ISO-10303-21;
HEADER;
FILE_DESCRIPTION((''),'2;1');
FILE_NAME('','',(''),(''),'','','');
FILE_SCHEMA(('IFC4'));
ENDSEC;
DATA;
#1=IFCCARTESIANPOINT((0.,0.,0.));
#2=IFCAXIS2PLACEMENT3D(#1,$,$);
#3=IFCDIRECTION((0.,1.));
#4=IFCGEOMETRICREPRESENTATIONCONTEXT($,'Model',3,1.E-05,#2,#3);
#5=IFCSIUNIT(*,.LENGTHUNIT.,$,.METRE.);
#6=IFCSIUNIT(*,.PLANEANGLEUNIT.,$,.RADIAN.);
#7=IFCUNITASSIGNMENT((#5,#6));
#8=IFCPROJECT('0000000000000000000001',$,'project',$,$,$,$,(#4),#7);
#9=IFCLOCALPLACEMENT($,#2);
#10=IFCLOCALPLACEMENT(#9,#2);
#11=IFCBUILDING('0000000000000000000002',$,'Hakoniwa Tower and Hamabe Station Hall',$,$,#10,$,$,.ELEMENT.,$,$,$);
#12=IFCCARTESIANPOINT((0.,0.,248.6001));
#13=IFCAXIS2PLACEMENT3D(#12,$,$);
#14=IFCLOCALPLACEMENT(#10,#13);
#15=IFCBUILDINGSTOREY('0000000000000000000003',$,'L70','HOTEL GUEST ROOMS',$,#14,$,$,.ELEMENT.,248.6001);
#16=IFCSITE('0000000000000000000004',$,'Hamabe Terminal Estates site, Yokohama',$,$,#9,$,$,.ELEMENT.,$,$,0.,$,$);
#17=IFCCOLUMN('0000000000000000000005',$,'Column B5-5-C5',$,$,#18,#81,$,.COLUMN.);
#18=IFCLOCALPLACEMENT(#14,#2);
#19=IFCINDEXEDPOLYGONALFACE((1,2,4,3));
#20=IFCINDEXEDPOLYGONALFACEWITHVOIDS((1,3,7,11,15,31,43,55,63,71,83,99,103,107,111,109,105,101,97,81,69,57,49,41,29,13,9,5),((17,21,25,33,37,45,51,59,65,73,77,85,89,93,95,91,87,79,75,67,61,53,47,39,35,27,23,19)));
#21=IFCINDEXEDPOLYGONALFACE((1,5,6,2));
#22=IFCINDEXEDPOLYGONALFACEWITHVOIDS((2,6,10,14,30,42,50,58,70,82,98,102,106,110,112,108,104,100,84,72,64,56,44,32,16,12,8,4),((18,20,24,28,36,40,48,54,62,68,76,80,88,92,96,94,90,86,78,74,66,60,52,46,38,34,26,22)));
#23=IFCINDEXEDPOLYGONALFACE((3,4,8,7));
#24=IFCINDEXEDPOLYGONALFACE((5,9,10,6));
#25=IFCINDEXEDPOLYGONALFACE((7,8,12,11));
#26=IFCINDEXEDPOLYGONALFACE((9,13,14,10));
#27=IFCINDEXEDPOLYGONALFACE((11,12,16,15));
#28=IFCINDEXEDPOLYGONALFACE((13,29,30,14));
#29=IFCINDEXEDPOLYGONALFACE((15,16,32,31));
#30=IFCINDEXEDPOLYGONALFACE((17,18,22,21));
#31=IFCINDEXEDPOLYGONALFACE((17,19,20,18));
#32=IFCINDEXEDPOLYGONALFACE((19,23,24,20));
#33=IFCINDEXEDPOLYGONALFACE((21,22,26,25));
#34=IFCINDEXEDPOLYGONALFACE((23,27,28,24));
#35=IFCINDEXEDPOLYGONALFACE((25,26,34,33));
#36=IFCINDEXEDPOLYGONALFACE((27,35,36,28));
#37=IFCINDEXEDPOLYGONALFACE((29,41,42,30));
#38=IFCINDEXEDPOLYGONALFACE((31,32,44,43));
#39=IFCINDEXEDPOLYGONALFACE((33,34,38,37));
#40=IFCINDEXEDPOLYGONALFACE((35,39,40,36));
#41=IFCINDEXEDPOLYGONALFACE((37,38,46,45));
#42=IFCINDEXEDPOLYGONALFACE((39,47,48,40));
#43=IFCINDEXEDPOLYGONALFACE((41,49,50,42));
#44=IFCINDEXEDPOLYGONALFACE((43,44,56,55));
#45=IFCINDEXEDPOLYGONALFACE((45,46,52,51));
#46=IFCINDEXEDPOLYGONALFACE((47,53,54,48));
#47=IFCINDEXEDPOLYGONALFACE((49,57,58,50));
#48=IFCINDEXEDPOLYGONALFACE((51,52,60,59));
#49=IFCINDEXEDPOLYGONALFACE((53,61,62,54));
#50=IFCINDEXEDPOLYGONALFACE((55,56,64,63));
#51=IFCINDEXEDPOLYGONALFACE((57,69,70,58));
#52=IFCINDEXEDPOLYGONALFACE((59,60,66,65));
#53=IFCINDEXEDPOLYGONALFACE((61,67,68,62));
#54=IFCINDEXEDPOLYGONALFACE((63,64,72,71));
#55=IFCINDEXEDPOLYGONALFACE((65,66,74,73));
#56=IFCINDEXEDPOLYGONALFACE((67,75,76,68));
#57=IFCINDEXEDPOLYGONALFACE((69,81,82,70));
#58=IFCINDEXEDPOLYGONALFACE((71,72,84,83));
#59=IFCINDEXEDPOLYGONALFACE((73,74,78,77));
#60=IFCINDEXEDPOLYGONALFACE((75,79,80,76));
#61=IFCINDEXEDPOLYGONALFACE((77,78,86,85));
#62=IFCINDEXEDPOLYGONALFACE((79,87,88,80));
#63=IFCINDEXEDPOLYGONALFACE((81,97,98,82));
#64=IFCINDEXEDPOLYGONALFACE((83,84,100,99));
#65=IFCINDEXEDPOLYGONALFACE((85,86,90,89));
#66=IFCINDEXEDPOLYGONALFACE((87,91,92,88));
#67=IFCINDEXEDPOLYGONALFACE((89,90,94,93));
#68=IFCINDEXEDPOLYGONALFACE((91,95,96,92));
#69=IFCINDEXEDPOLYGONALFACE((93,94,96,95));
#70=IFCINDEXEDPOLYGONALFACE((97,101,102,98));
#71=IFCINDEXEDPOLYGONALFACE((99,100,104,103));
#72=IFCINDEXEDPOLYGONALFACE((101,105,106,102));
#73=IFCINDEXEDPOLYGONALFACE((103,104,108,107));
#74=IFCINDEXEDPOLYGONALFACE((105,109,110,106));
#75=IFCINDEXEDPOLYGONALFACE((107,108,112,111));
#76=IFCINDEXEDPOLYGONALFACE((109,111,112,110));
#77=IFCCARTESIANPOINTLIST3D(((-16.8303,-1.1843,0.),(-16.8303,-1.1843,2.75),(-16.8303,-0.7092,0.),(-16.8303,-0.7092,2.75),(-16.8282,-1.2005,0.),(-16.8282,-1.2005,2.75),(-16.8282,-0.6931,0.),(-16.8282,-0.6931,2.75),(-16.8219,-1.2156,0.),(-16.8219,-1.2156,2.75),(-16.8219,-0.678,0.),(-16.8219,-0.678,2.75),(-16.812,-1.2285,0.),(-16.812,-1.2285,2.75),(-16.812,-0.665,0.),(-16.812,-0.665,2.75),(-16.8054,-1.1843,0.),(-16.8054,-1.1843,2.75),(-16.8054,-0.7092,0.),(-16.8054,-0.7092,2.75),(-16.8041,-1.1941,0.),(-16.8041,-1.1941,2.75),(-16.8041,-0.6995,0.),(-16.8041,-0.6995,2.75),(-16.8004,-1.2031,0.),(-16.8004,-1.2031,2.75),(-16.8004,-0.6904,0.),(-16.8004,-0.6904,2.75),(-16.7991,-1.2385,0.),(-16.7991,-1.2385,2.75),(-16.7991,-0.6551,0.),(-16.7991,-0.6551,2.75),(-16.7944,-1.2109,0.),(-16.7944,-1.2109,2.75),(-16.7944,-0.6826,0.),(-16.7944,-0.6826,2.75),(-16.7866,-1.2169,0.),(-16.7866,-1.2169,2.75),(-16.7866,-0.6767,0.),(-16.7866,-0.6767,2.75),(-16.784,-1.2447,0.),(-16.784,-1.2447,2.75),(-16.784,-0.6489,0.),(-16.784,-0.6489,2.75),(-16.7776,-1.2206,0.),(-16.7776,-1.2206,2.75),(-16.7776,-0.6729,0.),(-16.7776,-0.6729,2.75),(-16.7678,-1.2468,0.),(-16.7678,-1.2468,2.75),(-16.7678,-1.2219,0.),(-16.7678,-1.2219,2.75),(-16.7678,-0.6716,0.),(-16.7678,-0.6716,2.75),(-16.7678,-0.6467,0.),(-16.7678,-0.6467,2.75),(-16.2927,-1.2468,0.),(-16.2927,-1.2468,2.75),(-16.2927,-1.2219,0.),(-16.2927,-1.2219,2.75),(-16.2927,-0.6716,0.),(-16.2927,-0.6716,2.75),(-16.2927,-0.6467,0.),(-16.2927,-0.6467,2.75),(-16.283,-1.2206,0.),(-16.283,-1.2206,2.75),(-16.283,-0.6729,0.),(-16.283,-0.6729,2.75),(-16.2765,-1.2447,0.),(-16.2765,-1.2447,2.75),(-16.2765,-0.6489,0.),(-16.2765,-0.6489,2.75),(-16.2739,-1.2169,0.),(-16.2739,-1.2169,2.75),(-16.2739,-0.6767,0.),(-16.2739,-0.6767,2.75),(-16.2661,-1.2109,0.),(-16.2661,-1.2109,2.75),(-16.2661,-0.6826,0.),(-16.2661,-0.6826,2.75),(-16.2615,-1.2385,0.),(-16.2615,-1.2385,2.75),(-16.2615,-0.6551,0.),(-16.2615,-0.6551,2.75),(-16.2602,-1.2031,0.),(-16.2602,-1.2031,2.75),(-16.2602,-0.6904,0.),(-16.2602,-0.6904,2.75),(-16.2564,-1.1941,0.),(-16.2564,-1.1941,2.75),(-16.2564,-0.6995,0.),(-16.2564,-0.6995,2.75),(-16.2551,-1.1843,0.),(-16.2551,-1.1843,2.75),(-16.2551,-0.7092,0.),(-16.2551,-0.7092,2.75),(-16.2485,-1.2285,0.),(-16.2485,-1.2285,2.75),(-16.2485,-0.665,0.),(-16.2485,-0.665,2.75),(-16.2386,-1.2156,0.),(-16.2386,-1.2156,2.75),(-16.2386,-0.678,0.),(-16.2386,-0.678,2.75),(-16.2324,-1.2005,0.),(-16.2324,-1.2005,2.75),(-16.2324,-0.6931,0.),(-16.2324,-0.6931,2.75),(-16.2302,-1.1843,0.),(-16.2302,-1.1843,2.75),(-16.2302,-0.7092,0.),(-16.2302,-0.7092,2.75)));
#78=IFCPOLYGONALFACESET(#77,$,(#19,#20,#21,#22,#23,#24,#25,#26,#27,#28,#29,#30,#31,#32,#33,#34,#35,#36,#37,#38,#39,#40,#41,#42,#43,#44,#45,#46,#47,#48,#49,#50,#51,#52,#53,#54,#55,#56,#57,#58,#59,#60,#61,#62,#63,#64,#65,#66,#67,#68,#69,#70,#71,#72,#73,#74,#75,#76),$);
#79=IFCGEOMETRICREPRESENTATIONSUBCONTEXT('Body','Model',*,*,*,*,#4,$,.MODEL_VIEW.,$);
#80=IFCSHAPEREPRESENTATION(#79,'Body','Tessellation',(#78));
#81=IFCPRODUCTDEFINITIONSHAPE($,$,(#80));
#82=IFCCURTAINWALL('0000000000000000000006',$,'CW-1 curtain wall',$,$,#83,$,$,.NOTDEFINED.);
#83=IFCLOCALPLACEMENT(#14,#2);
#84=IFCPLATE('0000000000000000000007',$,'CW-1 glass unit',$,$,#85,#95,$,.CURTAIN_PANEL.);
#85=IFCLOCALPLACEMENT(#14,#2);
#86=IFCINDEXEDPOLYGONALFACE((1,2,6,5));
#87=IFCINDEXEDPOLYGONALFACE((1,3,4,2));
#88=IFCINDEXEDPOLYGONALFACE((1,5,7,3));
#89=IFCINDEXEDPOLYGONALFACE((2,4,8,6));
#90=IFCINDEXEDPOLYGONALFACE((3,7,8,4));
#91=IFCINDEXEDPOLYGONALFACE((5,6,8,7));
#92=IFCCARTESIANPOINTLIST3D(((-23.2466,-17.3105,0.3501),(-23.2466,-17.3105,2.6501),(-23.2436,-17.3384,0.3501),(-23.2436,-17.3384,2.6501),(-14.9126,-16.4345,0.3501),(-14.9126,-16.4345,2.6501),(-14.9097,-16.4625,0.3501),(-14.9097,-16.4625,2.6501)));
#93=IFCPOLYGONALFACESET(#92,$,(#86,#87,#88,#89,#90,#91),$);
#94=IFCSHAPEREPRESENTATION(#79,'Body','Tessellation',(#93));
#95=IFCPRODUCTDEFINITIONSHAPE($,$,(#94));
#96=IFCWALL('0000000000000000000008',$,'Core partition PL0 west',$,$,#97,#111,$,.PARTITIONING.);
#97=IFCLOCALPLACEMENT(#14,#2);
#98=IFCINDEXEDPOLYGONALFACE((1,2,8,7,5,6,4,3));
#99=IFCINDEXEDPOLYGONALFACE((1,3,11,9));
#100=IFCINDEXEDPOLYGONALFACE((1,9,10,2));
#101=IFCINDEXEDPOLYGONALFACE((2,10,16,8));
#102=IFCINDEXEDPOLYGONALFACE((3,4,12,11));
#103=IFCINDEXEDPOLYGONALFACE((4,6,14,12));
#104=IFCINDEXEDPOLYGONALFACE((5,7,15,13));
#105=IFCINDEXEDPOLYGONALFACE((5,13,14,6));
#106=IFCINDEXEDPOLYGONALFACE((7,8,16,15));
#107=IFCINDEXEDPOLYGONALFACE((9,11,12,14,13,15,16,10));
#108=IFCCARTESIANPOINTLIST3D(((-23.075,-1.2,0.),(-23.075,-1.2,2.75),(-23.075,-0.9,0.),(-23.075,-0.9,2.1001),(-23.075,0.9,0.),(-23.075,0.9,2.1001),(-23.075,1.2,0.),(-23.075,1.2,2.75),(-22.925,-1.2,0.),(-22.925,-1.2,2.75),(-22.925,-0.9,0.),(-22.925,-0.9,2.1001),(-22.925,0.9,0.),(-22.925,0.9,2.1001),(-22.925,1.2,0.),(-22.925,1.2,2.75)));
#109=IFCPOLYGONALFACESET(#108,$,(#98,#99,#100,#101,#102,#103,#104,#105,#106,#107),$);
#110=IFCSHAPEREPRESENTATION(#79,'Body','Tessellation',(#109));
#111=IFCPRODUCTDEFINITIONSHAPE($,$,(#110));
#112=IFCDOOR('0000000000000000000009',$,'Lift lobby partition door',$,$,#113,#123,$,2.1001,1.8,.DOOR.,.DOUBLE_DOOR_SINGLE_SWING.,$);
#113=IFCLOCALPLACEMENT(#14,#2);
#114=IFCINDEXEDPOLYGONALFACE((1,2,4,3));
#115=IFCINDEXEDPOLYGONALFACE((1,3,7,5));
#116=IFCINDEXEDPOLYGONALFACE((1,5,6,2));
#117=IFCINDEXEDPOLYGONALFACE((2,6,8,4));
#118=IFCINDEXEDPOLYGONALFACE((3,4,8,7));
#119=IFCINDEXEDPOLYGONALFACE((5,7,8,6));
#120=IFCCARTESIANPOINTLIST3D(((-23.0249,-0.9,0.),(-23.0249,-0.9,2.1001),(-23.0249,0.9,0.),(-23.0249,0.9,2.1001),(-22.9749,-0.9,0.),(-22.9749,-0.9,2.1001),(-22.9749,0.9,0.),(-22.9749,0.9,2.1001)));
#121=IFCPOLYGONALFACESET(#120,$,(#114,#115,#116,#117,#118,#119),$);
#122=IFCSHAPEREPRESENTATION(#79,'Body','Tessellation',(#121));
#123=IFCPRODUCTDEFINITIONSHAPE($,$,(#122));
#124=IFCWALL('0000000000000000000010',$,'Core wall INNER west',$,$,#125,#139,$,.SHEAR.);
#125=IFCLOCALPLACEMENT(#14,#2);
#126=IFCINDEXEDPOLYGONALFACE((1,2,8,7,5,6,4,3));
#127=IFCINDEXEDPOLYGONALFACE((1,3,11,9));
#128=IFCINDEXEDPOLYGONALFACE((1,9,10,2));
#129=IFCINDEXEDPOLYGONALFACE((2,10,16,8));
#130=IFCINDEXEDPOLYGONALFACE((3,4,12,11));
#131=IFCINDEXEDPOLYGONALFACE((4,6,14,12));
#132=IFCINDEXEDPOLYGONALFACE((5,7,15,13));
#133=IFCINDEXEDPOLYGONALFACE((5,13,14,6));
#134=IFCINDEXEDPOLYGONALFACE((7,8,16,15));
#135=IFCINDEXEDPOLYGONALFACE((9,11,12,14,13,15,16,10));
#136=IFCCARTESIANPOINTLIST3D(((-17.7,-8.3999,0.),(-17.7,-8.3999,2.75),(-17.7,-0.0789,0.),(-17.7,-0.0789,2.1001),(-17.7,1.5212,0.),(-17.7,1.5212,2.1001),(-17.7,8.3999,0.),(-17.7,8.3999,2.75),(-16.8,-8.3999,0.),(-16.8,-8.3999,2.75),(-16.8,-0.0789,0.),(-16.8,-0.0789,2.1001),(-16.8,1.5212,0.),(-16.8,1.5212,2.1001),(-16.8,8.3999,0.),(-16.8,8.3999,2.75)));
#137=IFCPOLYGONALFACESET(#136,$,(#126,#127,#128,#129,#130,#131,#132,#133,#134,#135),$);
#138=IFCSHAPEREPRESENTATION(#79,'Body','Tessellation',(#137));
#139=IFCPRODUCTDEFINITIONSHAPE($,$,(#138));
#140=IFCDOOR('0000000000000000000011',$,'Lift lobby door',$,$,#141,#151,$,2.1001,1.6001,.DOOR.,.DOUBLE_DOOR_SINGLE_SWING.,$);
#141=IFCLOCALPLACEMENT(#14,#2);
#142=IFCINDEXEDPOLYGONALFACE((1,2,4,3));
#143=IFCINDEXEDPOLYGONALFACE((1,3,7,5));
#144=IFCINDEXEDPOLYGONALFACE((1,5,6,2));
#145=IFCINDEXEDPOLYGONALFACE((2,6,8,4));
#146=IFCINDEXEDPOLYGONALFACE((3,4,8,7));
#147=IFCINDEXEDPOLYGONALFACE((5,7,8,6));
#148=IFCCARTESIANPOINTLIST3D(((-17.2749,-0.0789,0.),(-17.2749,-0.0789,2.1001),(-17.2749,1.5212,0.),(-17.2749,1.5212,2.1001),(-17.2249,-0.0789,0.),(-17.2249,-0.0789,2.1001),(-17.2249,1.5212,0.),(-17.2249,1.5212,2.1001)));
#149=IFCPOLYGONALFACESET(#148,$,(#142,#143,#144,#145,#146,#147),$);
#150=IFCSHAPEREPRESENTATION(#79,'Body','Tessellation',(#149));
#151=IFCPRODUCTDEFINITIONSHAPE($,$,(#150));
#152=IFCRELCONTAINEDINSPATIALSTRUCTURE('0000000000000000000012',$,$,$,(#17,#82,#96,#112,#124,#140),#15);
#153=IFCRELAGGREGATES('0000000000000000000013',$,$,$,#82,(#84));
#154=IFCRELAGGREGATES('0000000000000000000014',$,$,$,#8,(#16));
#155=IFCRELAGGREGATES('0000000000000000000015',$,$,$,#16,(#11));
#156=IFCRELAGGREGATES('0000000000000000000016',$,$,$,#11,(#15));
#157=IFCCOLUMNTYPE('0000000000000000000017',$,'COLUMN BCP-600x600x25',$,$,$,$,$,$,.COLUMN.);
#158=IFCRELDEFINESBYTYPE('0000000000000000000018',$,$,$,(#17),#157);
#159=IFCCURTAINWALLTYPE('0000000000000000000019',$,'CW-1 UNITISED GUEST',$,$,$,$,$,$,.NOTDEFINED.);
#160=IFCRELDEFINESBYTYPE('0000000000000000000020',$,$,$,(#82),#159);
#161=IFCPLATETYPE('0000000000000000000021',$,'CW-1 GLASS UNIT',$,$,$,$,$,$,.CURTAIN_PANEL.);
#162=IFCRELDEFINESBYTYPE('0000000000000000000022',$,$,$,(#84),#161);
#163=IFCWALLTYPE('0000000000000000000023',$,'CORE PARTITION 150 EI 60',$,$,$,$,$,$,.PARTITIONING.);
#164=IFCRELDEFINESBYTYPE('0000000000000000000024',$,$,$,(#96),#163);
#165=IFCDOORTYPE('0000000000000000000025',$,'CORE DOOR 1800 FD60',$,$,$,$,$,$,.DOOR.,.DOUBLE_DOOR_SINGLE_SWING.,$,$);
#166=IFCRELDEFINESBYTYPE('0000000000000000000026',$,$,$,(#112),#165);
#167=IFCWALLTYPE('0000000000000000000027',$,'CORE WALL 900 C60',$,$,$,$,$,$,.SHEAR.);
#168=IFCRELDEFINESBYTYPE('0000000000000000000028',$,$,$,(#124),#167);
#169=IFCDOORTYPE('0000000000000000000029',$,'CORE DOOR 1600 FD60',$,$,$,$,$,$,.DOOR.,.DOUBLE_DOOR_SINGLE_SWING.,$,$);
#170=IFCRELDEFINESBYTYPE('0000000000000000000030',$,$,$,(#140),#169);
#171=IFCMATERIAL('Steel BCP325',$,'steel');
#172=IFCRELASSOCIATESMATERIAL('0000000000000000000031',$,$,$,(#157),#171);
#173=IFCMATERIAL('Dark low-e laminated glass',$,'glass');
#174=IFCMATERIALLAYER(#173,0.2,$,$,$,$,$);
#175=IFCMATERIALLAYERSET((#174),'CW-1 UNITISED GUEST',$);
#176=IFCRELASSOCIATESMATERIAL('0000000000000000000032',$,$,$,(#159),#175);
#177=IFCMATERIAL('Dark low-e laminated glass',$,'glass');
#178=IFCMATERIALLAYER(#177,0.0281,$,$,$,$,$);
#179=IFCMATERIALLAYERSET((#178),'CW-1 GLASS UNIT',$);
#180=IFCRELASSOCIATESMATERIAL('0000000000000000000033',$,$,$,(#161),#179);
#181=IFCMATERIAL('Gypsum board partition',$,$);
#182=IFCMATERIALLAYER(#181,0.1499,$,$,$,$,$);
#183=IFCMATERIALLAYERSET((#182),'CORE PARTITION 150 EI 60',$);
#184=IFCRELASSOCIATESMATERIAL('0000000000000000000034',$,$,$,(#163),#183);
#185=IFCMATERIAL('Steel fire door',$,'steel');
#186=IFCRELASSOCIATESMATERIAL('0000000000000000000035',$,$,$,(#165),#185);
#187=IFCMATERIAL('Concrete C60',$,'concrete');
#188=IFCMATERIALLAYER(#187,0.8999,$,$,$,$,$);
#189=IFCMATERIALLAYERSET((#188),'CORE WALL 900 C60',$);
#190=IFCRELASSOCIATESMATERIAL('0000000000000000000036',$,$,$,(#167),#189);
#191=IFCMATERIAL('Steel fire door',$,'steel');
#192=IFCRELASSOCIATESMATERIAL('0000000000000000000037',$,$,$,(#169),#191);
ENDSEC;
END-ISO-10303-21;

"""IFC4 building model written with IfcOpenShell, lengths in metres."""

from ifc_helpers import new_model, si_unit, direction, frame, frame_2d, origin, origin_2d, place, context, subcontext, project, spatial, rectangle, hollow_rectangle, extrude, material, layer, layer_set, material_profile, profile_set, type_object, element, fill, aggregate, save


model = new_model("IFC4")

# Units and contexts
model_context = context("Model", 3, precision=1e-05, world=origin(), true_north=direction((0.0, 1.0)))
body_context = subcontext(model_context, "Body", "Model", "MODEL_VIEW")
ifc_project = project(units=[si_unit("LENGTHUNIT", "METRE"), si_unit("PLANEANGLEUNIT", "RADIAN")], contexts=[model_context])

# Site, building, storey
site_placement = place(None, origin())
site = spatial("IfcSite", under=ifc_project, at=site_placement, Name="Hamabe Terminal Estates site, Yokohama", CompositionType="ELEMENT", RefElevation=0.0)
building_placement = place(site_placement, origin())
building = spatial("IfcBuilding", under=site, at=building_placement, Name="Hakoniwa Tower and Hamabe Station Hall", CompositionType="ELEMENT")
storey_placement = place(building_placement, frame((0.0, 0.0, 248.6001)))
storey = spatial("IfcBuildingStorey", under=building, at=storey_placement, Name="L70", Description="HOTEL GUEST ROOMS", CompositionType="ELEMENT", Elevation=248.6001)

# Column
ifc_material_1 = material(Name="Steel BCP325", Category="steel")
ifc_material_profile_1 = material_profile(ifc_material_1, hollow_rectangle(XDim=0.6001, YDim=0.6001, WallThickness=0.0249, InnerFilletRadius=0.0376, OuterFilletRadius=0.0625, at=origin_2d()), Name="BCP-600x600x25")
ifc_profile_set_1 = profile_set([ifc_material_profile_1], Name="Steel BCP325")
column_type_1 = type_object("IfcColumnType", Name="COLUMN BCP-600x600x25", PredefinedType="COLUMN", material=ifc_profile_set_1)
column_placement = place(storey_placement, frame((-16.5303, -0.9468, 0.0), z_axis=(0.0, 0.0, 1.0), x_axis=(1.0, 0.0, 0.0)))
element("IfcColumn", 1, at=column_placement, inside=storey, type_object=column_type_1, Name="Column B5-5-C5", PredefinedType="COLUMN", context=body_context, shape_type="SweptSolid", body=[
    extrude(hollow_rectangle(XDim=0.6001, YDim=0.6001, WallThickness=0.0249, InnerFilletRadius=0.0376, OuterFilletRadius=0.0625, at=origin_2d()), origin(), (0.0, 0.0, 1.0), 2.75),
])

# Curtain wall, plate
ifc_material_2 = material(Name="Dark low-e laminated glass", Category="glass")
ifc_layer_1 = layer(ifc_material_2, 0.2)
ifc_layer_set_1 = layer_set([ifc_layer_1], Name="CW-1 UNITISED GUEST")
curtain_wall_type = type_object("IfcCurtainWallType", Name="CW-1 UNITISED GUEST", PredefinedType="NOTDEFINED", material=ifc_layer_set_1)
curtain_wall_placement = place(storey_placement, origin())
curtain_wall = element("IfcCurtainWall", 2, at=curtain_wall_placement, inside=storey, type_object=curtain_wall_type, Name="CW-1 curtain wall", PredefinedType="NOTDEFINED")
ifc_material_3 = material(Name="Dark low-e laminated glass", Category="glass")
ifc_layer_2 = layer(ifc_material_3, 0.0281)
ifc_layer_set_2 = layer_set([ifc_layer_2], Name="CW-1 GLASS UNIT")
plate_type = type_object("IfcPlateType", Name="CW-1 GLASS UNIT", PredefinedType="CURTAIN_PANEL", material=ifc_layer_set_2)
plate_placement = place(storey_placement, frame((-19.0781, -16.8865, 0.3501), z_axis=(0.0, 0.0, 1.0), x_axis=(0.994522, 0.104528, 0.0)))
plate = element("IfcPlate", 3, at=plate_placement, type_object=plate_type, Name="CW-1 glass unit", PredefinedType="CURTAIN_PANEL", context=body_context, shape_type="SweptSolid", body=[
    extrude(rectangle(XDim=8.3799, YDim=0.0281, at=origin_2d()), origin(), (0.0, 0.0, 1.0), 2.3),
])
aggregate(curtain_wall, [plate])

# Walls, openings, doors
ifc_material_4 = material(Name="Gypsum board partition")
ifc_layer_3 = layer(ifc_material_4, 0.1499)
ifc_layer_set_3 = layer_set([ifc_layer_3], Name="CORE PARTITION 150 EI 60")
wall_type_1 = type_object("IfcWallType", Name="CORE PARTITION 150 EI 60", PredefinedType="PARTITIONING", material=ifc_layer_set_3)
wall_1_placement = place(storey_placement, frame((-23.0, -1.2, 0.0), z_axis=(0.0, 0.0, 1.0), x_axis=(0.0, 1.0, 0.0)))
wall_1 = element("IfcWall", 4, at=wall_1_placement, inside=storey, type_object=wall_type_1, Name="Core partition PL0 west", PredefinedType="PARTITIONING", context=body_context, shape_type="SweptSolid", body=[
    extrude(rectangle(XDim=2.3999, YDim=0.1499, at=frame_2d((1.2, 0.0))), origin(), (0.0, 0.0, 1.0), 2.75),
])
opening_1_placement = place(wall_1_placement, frame((0.3, 0.0, 0.0)))
opening_1 = element("IfcOpeningElement", 5, at=opening_1_placement, cuts=wall_1, PredefinedType="OPENING", context=body_context, shape_type="SweptSolid", body=[
    extrude(rectangle(XDim=1.8, YDim=2.1001, at=frame_2d((0.8999, 1.05))), frame((0.0, 0.085, 0.0), z_axis=(0.0, -1.0, 0.0), x_axis=(1.0, 0.0, 0.0)), (0.0, 0.0, 1.0), 0.1699),
])
ifc_material_5 = material(Name="Steel fire door", Category="steel")
door_type_1 = type_object("IfcDoorType", Name="CORE DOOR 1800 FD60", OperationType="DOUBLE_DOOR_SINGLE_SWING", PredefinedType="DOOR", material=ifc_material_5)
door_1_placement = place(opening_1_placement, origin())
door_1 = element("IfcDoor", 6, at=door_1_placement, inside=storey, type_object=door_type_1, Name="Lift lobby partition door", OperationType="DOUBLE_DOOR_SINGLE_SWING", OverallHeight=2.1001, OverallWidth=1.8, PredefinedType="DOOR", context=body_context, shape_type="SweptSolid", body=[
    extrude(rectangle(XDim=1.8, YDim=2.1001, at=frame_2d((0.8999, 1.05))), frame((0.0, 0.0249, 0.0), z_axis=(0.0, -1.0, 0.0), x_axis=(1.0, 0.0, 0.0)), (0.0, 0.0, 1.0), 0.05),
])
fill(opening_1, door_1)
ifc_material_6 = material(Name="Concrete C60", Category="concrete")
ifc_layer_4 = layer(ifc_material_6, 0.8999)
ifc_layer_set_4 = layer_set([ifc_layer_4], Name="CORE WALL 900 C60")
wall_type_2 = type_object("IfcWallType", Name="CORE WALL 900 C60", PredefinedType="SHEAR", material=ifc_layer_set_4)
wall_2_placement = place(storey_placement, frame((-17.25, -8.3999, 0.0), z_axis=(0.0, 0.0, 1.0), x_axis=(0.0, 1.0, 0.0)))
wall_2 = element("IfcWall", 7, at=wall_2_placement, inside=storey, type_object=wall_type_2, Name="Core wall INNER west", PredefinedType="SHEAR", context=body_context, shape_type="SweptSolid", body=[
    extrude(rectangle(XDim=16.7998, YDim=0.8999, at=frame_2d((8.3999, 0.0))), origin(), (0.0, 0.0, 1.0), 2.75),
])
opening_2_placement = place(wall_2_placement, frame((8.321, 0.0, 0.0)))
opening_2 = element("IfcOpeningElement", 8, at=opening_2_placement, cuts=wall_2, PredefinedType="OPENING", context=body_context, shape_type="SweptSolid", body=[
    extrude(rectangle(XDim=1.6001, YDim=2.1001, at=frame_2d((0.8, 1.05))), frame((0.0, 0.46, 0.0), z_axis=(0.0, -1.0, 0.0), x_axis=(1.0, 0.0, 0.0)), (0.0, 0.0, 1.0), 0.9199),
])
ifc_material_7 = material(Name="Steel fire door", Category="steel")
door_type_2 = type_object("IfcDoorType", Name="CORE DOOR 1600 FD60", OperationType="DOUBLE_DOOR_SINGLE_SWING", PredefinedType="DOOR", material=ifc_material_7)
door_2_placement = place(opening_2_placement, origin())
door_2 = element("IfcDoor", 9, at=door_2_placement, inside=storey, type_object=door_type_2, Name="Lift lobby door", OperationType="DOUBLE_DOOR_SINGLE_SWING", OverallHeight=2.1001, OverallWidth=1.6001, PredefinedType="DOOR", context=body_context, shape_type="SweptSolid", body=[
    extrude(rectangle(XDim=1.6001, YDim=2.1001, at=frame_2d((0.8, 1.05))), frame((0.0, 0.0249, 0.0), z_axis=(0.0, -1.0, 0.0), x_axis=(1.0, 0.0, 0.0)), (0.0, 0.0, 1.0), 0.05),
])
fill(opening_2, door_2)

save(model, "model.ifc")
